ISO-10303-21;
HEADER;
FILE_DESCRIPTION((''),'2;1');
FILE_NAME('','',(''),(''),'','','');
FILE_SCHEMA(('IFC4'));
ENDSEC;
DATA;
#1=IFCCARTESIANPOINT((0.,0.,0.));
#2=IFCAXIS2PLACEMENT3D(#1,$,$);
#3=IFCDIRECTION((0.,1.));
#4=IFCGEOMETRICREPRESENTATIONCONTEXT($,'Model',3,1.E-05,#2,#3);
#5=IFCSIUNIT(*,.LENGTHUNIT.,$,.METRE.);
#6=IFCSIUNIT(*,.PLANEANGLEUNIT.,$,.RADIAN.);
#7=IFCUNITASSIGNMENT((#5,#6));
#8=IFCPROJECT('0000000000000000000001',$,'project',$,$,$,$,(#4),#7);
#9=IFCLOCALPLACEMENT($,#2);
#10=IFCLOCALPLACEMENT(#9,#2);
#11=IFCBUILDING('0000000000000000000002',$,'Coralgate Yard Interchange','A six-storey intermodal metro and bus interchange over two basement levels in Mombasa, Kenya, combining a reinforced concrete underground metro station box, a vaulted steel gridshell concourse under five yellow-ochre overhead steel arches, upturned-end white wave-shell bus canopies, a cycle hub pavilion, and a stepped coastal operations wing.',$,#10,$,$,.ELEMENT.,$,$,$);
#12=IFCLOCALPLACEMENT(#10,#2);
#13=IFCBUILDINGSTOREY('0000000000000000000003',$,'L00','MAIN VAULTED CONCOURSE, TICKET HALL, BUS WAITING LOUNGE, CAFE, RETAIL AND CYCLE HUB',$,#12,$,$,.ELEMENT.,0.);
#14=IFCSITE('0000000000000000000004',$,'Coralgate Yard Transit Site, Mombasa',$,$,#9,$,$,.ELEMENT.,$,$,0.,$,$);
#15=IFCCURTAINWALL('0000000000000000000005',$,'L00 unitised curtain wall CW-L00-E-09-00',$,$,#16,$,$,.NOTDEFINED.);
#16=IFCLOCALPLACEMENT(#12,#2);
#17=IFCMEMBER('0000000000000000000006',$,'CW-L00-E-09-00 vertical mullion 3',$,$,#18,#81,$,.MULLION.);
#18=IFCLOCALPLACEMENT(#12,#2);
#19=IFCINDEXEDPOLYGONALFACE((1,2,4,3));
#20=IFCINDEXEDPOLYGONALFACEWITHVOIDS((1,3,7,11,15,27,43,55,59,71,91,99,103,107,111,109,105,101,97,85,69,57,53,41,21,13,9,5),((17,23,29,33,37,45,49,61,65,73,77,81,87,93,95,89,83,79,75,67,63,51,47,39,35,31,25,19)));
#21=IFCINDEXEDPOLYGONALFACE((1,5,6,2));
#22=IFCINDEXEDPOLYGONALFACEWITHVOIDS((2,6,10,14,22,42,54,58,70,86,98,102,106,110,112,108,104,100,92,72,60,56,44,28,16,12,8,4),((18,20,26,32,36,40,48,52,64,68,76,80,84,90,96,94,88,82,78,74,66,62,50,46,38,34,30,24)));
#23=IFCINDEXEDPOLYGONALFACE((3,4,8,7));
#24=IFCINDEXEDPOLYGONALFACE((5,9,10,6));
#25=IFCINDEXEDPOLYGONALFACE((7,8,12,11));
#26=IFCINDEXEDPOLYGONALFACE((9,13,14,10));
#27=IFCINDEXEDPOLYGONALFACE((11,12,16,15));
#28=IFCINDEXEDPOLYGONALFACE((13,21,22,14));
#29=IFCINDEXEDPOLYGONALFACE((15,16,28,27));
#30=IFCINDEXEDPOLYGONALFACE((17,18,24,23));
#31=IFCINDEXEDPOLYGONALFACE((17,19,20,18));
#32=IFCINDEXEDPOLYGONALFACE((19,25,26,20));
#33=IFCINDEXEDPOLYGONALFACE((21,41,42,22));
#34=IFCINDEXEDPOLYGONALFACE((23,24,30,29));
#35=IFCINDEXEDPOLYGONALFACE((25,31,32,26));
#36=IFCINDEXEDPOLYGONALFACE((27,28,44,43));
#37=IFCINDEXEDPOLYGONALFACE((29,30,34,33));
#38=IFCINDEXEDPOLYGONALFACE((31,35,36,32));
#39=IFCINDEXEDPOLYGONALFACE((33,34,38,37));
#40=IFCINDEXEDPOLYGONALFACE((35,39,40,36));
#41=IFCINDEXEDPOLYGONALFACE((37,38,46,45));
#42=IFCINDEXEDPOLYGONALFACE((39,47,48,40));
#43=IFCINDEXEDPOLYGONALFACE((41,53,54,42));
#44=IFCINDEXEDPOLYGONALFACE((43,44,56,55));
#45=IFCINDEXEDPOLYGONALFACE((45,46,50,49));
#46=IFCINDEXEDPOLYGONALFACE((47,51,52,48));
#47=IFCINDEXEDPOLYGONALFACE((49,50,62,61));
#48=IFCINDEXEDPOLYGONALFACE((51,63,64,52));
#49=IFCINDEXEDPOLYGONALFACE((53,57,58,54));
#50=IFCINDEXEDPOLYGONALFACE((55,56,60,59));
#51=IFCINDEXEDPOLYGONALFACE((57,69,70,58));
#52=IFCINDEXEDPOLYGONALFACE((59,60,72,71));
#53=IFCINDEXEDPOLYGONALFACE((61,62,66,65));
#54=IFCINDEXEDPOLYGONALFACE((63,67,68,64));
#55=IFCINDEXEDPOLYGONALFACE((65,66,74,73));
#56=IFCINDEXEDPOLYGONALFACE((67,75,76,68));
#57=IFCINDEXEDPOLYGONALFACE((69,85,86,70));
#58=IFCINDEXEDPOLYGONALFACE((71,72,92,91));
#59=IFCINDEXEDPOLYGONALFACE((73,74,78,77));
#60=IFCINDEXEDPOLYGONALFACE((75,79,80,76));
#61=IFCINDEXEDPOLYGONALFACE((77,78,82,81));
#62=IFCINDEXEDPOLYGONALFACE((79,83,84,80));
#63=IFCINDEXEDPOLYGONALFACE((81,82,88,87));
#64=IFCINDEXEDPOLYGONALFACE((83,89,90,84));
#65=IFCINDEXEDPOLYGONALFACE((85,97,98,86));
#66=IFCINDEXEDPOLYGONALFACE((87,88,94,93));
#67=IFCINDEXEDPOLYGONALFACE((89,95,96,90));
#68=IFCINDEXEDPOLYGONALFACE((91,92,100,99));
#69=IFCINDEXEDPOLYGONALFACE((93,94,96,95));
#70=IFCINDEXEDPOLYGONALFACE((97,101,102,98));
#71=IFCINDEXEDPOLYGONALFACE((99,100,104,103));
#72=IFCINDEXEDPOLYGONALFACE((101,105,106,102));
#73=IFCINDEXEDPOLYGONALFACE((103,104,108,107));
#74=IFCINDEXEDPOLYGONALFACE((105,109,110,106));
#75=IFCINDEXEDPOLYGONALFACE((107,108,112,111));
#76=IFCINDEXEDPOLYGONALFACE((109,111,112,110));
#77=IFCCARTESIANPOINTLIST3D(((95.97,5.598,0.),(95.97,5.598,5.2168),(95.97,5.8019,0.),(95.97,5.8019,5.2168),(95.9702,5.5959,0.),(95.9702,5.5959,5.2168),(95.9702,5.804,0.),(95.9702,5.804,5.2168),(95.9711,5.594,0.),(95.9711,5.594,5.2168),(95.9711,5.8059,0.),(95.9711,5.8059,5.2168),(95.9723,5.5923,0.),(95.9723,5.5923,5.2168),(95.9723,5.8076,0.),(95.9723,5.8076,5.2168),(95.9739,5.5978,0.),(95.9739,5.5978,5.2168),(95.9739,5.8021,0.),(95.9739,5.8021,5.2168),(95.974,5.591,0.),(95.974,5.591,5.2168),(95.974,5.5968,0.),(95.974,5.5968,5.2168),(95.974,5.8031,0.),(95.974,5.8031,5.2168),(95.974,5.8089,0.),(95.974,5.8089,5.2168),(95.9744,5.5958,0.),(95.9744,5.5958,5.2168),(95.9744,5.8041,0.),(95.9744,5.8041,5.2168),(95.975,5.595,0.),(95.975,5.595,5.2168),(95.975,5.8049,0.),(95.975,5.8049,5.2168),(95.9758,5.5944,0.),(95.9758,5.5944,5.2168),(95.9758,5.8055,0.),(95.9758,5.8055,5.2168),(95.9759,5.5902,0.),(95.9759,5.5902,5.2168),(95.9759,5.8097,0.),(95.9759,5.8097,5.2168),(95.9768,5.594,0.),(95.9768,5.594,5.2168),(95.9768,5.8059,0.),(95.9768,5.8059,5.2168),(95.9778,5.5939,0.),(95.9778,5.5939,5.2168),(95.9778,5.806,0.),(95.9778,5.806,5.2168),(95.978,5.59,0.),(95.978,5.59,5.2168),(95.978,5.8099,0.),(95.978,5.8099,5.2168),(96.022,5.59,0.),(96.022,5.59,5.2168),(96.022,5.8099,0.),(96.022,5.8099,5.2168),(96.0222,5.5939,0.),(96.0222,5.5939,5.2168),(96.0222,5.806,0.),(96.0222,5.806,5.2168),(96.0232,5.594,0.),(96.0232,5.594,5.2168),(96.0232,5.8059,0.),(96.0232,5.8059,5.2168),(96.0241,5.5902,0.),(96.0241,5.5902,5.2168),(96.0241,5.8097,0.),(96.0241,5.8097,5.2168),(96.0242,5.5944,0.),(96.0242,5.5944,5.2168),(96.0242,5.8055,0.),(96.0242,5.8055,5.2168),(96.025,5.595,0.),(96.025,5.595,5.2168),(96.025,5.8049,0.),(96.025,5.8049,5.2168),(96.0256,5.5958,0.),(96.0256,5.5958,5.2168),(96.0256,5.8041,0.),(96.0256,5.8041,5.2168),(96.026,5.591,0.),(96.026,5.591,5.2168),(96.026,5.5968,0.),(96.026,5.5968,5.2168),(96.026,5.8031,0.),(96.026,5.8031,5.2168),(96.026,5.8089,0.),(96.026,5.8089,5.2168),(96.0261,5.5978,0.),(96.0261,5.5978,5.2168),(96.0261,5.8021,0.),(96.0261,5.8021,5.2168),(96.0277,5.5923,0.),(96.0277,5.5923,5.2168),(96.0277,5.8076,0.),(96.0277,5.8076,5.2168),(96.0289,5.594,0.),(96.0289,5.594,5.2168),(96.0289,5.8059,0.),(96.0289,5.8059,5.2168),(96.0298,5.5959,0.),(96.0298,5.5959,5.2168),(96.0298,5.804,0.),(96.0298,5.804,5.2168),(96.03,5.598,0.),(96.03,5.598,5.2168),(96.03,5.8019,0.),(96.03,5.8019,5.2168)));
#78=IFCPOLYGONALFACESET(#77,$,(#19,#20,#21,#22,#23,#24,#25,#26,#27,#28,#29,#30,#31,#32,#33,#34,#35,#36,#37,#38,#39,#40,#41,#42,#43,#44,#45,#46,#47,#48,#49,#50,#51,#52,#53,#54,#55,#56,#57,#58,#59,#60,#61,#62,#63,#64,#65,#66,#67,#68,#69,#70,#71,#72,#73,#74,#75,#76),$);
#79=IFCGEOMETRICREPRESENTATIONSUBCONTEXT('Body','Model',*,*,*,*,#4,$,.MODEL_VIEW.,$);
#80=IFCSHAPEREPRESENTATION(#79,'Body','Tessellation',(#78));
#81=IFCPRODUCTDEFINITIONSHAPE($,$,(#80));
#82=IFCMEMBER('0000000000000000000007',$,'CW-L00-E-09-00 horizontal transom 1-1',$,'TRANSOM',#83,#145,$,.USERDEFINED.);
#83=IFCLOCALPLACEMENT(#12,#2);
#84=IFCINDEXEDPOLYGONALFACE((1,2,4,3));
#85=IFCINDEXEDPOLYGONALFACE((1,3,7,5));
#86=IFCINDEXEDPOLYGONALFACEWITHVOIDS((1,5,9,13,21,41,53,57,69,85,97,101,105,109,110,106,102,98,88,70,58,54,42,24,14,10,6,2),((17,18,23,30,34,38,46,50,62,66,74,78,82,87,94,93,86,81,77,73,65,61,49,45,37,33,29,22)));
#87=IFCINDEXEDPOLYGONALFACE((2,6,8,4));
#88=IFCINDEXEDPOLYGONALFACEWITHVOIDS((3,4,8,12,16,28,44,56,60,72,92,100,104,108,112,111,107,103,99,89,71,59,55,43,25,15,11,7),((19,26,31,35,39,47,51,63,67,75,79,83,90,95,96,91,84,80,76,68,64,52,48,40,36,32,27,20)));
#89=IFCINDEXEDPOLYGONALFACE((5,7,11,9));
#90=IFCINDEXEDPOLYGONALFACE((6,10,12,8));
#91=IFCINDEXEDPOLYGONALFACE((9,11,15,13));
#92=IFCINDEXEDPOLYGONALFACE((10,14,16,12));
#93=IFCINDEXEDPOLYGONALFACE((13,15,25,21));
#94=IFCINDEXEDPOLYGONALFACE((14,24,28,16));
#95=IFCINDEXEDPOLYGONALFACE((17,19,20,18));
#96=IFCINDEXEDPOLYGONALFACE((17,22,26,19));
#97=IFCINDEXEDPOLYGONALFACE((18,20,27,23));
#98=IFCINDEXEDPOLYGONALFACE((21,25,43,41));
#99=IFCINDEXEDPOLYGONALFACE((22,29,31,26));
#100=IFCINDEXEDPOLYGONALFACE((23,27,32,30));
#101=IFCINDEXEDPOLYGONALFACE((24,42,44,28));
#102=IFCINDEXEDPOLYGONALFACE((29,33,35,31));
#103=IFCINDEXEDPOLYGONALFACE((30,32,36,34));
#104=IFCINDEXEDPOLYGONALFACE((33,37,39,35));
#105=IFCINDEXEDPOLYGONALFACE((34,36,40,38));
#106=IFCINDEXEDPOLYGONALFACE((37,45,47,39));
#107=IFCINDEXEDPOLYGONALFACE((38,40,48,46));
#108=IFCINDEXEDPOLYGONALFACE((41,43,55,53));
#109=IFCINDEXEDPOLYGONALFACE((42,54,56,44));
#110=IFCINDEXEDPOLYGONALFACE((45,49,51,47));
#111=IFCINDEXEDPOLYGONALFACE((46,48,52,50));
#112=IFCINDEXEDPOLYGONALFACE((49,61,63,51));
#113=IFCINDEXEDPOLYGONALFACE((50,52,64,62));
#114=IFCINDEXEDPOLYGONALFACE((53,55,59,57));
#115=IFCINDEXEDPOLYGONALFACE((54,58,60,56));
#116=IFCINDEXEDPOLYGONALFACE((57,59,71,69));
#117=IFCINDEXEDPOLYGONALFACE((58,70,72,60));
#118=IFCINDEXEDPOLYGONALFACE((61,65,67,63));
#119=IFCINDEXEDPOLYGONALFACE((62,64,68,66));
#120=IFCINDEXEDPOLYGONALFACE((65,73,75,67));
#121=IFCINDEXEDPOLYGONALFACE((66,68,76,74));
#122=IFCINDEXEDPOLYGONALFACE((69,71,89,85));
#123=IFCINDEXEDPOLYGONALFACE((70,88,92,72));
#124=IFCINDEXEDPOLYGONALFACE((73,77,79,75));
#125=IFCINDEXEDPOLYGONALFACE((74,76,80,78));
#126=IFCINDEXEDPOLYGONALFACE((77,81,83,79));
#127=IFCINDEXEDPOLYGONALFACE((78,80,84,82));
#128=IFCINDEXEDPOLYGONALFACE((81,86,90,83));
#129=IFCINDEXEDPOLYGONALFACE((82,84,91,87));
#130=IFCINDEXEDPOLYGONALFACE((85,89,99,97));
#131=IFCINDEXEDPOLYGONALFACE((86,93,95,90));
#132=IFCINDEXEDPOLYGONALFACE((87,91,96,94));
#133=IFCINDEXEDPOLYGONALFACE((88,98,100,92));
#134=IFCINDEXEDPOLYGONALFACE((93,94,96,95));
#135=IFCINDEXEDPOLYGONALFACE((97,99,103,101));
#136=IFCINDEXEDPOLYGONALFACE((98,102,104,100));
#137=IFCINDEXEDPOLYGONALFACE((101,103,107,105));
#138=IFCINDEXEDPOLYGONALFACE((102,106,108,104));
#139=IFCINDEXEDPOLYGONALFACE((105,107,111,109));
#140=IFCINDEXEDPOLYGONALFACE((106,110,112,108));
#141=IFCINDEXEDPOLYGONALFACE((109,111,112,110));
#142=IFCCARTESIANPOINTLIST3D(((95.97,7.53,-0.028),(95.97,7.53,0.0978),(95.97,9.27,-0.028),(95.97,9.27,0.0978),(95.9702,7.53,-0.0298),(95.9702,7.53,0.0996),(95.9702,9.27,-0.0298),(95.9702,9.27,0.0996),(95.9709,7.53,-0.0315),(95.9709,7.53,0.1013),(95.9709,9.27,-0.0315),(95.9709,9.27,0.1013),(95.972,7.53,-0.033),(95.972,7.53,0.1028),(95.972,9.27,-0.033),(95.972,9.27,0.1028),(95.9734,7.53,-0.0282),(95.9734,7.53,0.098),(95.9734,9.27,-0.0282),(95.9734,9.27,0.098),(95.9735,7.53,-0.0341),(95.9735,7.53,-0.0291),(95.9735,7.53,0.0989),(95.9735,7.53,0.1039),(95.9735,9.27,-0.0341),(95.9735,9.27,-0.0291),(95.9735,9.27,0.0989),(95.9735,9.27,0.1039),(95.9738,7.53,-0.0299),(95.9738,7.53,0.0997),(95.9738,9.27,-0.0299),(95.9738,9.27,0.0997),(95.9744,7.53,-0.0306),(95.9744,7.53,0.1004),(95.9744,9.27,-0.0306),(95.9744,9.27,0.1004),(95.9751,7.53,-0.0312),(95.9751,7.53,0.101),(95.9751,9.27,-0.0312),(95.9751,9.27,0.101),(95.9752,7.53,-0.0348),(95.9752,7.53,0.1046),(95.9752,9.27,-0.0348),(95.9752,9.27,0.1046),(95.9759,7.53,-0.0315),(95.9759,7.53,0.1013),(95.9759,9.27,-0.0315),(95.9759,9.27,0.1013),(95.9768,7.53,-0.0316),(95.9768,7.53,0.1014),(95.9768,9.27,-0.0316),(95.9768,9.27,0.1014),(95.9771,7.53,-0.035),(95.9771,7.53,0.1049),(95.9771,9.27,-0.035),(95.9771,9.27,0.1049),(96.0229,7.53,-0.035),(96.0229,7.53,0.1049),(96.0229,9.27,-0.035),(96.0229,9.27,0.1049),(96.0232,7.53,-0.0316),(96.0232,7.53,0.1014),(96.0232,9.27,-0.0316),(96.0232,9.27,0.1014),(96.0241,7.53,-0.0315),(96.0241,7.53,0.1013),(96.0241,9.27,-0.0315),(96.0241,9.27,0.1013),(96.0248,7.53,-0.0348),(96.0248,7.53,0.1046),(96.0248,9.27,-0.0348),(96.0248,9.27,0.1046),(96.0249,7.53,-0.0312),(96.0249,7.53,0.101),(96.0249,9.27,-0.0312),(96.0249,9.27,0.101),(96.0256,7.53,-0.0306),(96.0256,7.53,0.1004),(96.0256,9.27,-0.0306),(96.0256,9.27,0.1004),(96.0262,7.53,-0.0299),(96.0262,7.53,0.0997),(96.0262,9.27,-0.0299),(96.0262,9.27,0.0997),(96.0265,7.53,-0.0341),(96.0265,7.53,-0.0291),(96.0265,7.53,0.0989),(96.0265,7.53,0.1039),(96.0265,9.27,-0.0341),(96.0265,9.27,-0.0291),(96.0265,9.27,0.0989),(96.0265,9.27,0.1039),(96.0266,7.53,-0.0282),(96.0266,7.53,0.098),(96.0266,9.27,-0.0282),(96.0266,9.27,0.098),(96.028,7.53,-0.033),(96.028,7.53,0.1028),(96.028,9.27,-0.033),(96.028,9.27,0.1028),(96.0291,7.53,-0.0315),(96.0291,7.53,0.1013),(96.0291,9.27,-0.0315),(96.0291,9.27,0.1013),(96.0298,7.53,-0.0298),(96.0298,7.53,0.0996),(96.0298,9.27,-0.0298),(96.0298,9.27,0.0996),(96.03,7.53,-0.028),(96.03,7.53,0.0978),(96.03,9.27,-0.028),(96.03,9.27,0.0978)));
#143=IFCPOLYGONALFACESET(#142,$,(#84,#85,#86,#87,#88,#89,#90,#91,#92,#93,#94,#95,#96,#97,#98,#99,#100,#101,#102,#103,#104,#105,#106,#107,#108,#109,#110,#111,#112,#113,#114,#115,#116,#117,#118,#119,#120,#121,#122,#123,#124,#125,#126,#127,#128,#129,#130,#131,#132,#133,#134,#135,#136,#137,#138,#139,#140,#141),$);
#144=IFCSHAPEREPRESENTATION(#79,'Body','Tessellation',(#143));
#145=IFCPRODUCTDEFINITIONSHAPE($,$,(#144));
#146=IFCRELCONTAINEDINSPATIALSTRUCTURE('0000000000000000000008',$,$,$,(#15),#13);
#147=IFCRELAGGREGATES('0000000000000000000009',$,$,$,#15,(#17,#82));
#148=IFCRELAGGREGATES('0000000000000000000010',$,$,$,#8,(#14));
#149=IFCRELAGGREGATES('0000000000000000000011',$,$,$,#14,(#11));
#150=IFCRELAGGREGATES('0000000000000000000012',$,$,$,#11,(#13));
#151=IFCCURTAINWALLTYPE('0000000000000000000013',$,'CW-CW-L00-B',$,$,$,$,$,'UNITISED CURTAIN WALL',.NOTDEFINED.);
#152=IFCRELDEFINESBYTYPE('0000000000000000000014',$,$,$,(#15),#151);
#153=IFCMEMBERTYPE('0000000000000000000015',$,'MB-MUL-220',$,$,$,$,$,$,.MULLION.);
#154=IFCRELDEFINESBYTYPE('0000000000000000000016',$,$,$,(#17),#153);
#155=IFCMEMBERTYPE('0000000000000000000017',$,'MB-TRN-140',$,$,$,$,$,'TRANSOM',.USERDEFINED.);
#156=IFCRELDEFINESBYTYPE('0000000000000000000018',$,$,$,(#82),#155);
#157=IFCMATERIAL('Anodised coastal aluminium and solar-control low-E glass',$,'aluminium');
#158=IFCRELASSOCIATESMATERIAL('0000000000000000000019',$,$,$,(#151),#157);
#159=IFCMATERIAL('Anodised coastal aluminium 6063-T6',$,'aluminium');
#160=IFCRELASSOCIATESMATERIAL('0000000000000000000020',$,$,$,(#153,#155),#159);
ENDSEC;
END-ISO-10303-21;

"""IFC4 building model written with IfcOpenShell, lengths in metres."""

from ifc_helpers import new_model, si_unit, direction, frame, origin, origin_2d, place, context, subcontext, project, spatial, hollow_rectangle, extrude, material, material_profile, profile_set, type_object, element, aggregate, save


model = new_model("IFC4")

# Units and contexts
model_context = context("Model", 3, precision=1e-05, world=origin(), true_north=direction((0.0, 1.0)))
body_context = subcontext(model_context, "Body", "Model", "MODEL_VIEW")
ifc_project = project(units=[si_unit("LENGTHUNIT", "METRE"), si_unit("PLANEANGLEUNIT", "RADIAN")], contexts=[model_context])

# Site, building, storey
site_placement = place(None, origin())
site = spatial("IfcSite", under=ifc_project, at=site_placement, Name="Coralgate Yard Transit Site, Mombasa", CompositionType="ELEMENT", RefElevation=0.0)
building_placement = place(site_placement, origin())
building = spatial("IfcBuilding", under=site, at=building_placement, Name="Coralgate Yard Interchange", Description="A six-storey intermodal metro and bus interchange over two basement levels in Mombasa, Kenya, combining a reinforced concrete underground metro station box, a vaulted steel gridshell concourse under five yellow-ochre overhead steel arches, upturned-end white wave-shell bus canopies, a cycle hub pavilion, and a stepped coastal operations wing.", CompositionType="ELEMENT")
storey_placement = place(building_placement, origin())
storey = spatial("IfcBuildingStorey", under=building, at=storey_placement, Name="L00", Description="MAIN VAULTED CONCOURSE, TICKET HALL, BUS WAITING LOUNGE, CAFE, RETAIL AND CYCLE HUB", CompositionType="ELEMENT", Elevation=0.0)

# Curtain wall, members
ifc_material_1 = material(Name="Anodised coastal aluminium and solar-control low-E glass", Category="aluminium")
curtain_wall_type = type_object("IfcCurtainWallType", Name="CW-CW-L00-B", ElementType="UNITISED CURTAIN WALL", PredefinedType="NOTDEFINED", material=ifc_material_1)
curtain_wall_placement = place(storey_placement, origin())
curtain_wall = element("IfcCurtainWall", 1, at=curtain_wall_placement, inside=storey, type_object=curtain_wall_type, Name="L00 unitised curtain wall CW-L00-E-09-00", PredefinedType="NOTDEFINED")
ifc_material_2 = material(Name="Anodised coastal aluminium 6063-T6", Category="aluminium")
ifc_material_profile_1 = material_profile(ifc_material_2, hollow_rectangle(XDim=0.0601, YDim=0.22, WallThickness=0.0039, InnerFilletRadius=0.0039, OuterFilletRadius=0.0081, at=origin_2d()), Name="ALU 60x220x4")
ifc_profile_set_1 = profile_set([ifc_material_profile_1], Name="Anodised coastal aluminium 6063-T6")
member_type_1 = type_object("IfcMemberType", Name="MB-MUL-220", PredefinedType="MULLION", material=ifc_profile_set_1)
member_1_placement = place(storey_placement, frame((96.0, 5.7, 0.0), z_axis=(0.0, 0.0, 1.0), x_axis=(1.0, 0.0, 0.0)))
member_1 = element("IfcMember", 2, at=member_1_placement, type_object=member_type_1, Name="CW-L00-E-09-00 vertical mullion 3", PredefinedType="MULLION", context=body_context, shape_type="SweptSolid", body=[
    extrude(hollow_rectangle(XDim=0.0601, YDim=0.22, WallThickness=0.0039, InnerFilletRadius=0.0039, OuterFilletRadius=0.0081, at=origin_2d()), origin(), (0.0, 0.0, 1.0), 5.2168),
])
ifc_material_profile_2 = material_profile(ifc_material_2, hollow_rectangle(XDim=0.0601, YDim=0.1399, WallThickness=0.0034, InnerFilletRadius=0.0034, OuterFilletRadius=0.0071, at=origin_2d()), Name="ALU 60x140x3.5")
ifc_profile_set_2 = profile_set([ifc_material_profile_2], Name="Anodised coastal aluminium 6063-T6")
member_type_2 = type_object("IfcMemberType", Name="MB-TRN-140", ElementType="TRANSOM", PredefinedType="USERDEFINED", material=ifc_profile_set_2)
member_2_placement = place(storey_placement, frame((96.0, 9.27, 0.0349), z_axis=(0.0, -1.0, 0.0), x_axis=(1.0, 0.0, 0.0)))
member_2 = element("IfcMember", 3, at=member_2_placement, type_object=member_type_2, Name="CW-L00-E-09-00 horizontal transom 1-1", ObjectType="TRANSOM", PredefinedType="USERDEFINED", context=body_context, shape_type="SweptSolid", body=[
    extrude(hollow_rectangle(XDim=0.0601, YDim=0.1399, WallThickness=0.0034, InnerFilletRadius=0.0034, OuterFilletRadius=0.0071, at=origin_2d()), origin(), (0.0, 0.0, 1.0), 1.74),
])
aggregate(curtain_wall, [member_1, member_2])

save(model, "model.ifc")
